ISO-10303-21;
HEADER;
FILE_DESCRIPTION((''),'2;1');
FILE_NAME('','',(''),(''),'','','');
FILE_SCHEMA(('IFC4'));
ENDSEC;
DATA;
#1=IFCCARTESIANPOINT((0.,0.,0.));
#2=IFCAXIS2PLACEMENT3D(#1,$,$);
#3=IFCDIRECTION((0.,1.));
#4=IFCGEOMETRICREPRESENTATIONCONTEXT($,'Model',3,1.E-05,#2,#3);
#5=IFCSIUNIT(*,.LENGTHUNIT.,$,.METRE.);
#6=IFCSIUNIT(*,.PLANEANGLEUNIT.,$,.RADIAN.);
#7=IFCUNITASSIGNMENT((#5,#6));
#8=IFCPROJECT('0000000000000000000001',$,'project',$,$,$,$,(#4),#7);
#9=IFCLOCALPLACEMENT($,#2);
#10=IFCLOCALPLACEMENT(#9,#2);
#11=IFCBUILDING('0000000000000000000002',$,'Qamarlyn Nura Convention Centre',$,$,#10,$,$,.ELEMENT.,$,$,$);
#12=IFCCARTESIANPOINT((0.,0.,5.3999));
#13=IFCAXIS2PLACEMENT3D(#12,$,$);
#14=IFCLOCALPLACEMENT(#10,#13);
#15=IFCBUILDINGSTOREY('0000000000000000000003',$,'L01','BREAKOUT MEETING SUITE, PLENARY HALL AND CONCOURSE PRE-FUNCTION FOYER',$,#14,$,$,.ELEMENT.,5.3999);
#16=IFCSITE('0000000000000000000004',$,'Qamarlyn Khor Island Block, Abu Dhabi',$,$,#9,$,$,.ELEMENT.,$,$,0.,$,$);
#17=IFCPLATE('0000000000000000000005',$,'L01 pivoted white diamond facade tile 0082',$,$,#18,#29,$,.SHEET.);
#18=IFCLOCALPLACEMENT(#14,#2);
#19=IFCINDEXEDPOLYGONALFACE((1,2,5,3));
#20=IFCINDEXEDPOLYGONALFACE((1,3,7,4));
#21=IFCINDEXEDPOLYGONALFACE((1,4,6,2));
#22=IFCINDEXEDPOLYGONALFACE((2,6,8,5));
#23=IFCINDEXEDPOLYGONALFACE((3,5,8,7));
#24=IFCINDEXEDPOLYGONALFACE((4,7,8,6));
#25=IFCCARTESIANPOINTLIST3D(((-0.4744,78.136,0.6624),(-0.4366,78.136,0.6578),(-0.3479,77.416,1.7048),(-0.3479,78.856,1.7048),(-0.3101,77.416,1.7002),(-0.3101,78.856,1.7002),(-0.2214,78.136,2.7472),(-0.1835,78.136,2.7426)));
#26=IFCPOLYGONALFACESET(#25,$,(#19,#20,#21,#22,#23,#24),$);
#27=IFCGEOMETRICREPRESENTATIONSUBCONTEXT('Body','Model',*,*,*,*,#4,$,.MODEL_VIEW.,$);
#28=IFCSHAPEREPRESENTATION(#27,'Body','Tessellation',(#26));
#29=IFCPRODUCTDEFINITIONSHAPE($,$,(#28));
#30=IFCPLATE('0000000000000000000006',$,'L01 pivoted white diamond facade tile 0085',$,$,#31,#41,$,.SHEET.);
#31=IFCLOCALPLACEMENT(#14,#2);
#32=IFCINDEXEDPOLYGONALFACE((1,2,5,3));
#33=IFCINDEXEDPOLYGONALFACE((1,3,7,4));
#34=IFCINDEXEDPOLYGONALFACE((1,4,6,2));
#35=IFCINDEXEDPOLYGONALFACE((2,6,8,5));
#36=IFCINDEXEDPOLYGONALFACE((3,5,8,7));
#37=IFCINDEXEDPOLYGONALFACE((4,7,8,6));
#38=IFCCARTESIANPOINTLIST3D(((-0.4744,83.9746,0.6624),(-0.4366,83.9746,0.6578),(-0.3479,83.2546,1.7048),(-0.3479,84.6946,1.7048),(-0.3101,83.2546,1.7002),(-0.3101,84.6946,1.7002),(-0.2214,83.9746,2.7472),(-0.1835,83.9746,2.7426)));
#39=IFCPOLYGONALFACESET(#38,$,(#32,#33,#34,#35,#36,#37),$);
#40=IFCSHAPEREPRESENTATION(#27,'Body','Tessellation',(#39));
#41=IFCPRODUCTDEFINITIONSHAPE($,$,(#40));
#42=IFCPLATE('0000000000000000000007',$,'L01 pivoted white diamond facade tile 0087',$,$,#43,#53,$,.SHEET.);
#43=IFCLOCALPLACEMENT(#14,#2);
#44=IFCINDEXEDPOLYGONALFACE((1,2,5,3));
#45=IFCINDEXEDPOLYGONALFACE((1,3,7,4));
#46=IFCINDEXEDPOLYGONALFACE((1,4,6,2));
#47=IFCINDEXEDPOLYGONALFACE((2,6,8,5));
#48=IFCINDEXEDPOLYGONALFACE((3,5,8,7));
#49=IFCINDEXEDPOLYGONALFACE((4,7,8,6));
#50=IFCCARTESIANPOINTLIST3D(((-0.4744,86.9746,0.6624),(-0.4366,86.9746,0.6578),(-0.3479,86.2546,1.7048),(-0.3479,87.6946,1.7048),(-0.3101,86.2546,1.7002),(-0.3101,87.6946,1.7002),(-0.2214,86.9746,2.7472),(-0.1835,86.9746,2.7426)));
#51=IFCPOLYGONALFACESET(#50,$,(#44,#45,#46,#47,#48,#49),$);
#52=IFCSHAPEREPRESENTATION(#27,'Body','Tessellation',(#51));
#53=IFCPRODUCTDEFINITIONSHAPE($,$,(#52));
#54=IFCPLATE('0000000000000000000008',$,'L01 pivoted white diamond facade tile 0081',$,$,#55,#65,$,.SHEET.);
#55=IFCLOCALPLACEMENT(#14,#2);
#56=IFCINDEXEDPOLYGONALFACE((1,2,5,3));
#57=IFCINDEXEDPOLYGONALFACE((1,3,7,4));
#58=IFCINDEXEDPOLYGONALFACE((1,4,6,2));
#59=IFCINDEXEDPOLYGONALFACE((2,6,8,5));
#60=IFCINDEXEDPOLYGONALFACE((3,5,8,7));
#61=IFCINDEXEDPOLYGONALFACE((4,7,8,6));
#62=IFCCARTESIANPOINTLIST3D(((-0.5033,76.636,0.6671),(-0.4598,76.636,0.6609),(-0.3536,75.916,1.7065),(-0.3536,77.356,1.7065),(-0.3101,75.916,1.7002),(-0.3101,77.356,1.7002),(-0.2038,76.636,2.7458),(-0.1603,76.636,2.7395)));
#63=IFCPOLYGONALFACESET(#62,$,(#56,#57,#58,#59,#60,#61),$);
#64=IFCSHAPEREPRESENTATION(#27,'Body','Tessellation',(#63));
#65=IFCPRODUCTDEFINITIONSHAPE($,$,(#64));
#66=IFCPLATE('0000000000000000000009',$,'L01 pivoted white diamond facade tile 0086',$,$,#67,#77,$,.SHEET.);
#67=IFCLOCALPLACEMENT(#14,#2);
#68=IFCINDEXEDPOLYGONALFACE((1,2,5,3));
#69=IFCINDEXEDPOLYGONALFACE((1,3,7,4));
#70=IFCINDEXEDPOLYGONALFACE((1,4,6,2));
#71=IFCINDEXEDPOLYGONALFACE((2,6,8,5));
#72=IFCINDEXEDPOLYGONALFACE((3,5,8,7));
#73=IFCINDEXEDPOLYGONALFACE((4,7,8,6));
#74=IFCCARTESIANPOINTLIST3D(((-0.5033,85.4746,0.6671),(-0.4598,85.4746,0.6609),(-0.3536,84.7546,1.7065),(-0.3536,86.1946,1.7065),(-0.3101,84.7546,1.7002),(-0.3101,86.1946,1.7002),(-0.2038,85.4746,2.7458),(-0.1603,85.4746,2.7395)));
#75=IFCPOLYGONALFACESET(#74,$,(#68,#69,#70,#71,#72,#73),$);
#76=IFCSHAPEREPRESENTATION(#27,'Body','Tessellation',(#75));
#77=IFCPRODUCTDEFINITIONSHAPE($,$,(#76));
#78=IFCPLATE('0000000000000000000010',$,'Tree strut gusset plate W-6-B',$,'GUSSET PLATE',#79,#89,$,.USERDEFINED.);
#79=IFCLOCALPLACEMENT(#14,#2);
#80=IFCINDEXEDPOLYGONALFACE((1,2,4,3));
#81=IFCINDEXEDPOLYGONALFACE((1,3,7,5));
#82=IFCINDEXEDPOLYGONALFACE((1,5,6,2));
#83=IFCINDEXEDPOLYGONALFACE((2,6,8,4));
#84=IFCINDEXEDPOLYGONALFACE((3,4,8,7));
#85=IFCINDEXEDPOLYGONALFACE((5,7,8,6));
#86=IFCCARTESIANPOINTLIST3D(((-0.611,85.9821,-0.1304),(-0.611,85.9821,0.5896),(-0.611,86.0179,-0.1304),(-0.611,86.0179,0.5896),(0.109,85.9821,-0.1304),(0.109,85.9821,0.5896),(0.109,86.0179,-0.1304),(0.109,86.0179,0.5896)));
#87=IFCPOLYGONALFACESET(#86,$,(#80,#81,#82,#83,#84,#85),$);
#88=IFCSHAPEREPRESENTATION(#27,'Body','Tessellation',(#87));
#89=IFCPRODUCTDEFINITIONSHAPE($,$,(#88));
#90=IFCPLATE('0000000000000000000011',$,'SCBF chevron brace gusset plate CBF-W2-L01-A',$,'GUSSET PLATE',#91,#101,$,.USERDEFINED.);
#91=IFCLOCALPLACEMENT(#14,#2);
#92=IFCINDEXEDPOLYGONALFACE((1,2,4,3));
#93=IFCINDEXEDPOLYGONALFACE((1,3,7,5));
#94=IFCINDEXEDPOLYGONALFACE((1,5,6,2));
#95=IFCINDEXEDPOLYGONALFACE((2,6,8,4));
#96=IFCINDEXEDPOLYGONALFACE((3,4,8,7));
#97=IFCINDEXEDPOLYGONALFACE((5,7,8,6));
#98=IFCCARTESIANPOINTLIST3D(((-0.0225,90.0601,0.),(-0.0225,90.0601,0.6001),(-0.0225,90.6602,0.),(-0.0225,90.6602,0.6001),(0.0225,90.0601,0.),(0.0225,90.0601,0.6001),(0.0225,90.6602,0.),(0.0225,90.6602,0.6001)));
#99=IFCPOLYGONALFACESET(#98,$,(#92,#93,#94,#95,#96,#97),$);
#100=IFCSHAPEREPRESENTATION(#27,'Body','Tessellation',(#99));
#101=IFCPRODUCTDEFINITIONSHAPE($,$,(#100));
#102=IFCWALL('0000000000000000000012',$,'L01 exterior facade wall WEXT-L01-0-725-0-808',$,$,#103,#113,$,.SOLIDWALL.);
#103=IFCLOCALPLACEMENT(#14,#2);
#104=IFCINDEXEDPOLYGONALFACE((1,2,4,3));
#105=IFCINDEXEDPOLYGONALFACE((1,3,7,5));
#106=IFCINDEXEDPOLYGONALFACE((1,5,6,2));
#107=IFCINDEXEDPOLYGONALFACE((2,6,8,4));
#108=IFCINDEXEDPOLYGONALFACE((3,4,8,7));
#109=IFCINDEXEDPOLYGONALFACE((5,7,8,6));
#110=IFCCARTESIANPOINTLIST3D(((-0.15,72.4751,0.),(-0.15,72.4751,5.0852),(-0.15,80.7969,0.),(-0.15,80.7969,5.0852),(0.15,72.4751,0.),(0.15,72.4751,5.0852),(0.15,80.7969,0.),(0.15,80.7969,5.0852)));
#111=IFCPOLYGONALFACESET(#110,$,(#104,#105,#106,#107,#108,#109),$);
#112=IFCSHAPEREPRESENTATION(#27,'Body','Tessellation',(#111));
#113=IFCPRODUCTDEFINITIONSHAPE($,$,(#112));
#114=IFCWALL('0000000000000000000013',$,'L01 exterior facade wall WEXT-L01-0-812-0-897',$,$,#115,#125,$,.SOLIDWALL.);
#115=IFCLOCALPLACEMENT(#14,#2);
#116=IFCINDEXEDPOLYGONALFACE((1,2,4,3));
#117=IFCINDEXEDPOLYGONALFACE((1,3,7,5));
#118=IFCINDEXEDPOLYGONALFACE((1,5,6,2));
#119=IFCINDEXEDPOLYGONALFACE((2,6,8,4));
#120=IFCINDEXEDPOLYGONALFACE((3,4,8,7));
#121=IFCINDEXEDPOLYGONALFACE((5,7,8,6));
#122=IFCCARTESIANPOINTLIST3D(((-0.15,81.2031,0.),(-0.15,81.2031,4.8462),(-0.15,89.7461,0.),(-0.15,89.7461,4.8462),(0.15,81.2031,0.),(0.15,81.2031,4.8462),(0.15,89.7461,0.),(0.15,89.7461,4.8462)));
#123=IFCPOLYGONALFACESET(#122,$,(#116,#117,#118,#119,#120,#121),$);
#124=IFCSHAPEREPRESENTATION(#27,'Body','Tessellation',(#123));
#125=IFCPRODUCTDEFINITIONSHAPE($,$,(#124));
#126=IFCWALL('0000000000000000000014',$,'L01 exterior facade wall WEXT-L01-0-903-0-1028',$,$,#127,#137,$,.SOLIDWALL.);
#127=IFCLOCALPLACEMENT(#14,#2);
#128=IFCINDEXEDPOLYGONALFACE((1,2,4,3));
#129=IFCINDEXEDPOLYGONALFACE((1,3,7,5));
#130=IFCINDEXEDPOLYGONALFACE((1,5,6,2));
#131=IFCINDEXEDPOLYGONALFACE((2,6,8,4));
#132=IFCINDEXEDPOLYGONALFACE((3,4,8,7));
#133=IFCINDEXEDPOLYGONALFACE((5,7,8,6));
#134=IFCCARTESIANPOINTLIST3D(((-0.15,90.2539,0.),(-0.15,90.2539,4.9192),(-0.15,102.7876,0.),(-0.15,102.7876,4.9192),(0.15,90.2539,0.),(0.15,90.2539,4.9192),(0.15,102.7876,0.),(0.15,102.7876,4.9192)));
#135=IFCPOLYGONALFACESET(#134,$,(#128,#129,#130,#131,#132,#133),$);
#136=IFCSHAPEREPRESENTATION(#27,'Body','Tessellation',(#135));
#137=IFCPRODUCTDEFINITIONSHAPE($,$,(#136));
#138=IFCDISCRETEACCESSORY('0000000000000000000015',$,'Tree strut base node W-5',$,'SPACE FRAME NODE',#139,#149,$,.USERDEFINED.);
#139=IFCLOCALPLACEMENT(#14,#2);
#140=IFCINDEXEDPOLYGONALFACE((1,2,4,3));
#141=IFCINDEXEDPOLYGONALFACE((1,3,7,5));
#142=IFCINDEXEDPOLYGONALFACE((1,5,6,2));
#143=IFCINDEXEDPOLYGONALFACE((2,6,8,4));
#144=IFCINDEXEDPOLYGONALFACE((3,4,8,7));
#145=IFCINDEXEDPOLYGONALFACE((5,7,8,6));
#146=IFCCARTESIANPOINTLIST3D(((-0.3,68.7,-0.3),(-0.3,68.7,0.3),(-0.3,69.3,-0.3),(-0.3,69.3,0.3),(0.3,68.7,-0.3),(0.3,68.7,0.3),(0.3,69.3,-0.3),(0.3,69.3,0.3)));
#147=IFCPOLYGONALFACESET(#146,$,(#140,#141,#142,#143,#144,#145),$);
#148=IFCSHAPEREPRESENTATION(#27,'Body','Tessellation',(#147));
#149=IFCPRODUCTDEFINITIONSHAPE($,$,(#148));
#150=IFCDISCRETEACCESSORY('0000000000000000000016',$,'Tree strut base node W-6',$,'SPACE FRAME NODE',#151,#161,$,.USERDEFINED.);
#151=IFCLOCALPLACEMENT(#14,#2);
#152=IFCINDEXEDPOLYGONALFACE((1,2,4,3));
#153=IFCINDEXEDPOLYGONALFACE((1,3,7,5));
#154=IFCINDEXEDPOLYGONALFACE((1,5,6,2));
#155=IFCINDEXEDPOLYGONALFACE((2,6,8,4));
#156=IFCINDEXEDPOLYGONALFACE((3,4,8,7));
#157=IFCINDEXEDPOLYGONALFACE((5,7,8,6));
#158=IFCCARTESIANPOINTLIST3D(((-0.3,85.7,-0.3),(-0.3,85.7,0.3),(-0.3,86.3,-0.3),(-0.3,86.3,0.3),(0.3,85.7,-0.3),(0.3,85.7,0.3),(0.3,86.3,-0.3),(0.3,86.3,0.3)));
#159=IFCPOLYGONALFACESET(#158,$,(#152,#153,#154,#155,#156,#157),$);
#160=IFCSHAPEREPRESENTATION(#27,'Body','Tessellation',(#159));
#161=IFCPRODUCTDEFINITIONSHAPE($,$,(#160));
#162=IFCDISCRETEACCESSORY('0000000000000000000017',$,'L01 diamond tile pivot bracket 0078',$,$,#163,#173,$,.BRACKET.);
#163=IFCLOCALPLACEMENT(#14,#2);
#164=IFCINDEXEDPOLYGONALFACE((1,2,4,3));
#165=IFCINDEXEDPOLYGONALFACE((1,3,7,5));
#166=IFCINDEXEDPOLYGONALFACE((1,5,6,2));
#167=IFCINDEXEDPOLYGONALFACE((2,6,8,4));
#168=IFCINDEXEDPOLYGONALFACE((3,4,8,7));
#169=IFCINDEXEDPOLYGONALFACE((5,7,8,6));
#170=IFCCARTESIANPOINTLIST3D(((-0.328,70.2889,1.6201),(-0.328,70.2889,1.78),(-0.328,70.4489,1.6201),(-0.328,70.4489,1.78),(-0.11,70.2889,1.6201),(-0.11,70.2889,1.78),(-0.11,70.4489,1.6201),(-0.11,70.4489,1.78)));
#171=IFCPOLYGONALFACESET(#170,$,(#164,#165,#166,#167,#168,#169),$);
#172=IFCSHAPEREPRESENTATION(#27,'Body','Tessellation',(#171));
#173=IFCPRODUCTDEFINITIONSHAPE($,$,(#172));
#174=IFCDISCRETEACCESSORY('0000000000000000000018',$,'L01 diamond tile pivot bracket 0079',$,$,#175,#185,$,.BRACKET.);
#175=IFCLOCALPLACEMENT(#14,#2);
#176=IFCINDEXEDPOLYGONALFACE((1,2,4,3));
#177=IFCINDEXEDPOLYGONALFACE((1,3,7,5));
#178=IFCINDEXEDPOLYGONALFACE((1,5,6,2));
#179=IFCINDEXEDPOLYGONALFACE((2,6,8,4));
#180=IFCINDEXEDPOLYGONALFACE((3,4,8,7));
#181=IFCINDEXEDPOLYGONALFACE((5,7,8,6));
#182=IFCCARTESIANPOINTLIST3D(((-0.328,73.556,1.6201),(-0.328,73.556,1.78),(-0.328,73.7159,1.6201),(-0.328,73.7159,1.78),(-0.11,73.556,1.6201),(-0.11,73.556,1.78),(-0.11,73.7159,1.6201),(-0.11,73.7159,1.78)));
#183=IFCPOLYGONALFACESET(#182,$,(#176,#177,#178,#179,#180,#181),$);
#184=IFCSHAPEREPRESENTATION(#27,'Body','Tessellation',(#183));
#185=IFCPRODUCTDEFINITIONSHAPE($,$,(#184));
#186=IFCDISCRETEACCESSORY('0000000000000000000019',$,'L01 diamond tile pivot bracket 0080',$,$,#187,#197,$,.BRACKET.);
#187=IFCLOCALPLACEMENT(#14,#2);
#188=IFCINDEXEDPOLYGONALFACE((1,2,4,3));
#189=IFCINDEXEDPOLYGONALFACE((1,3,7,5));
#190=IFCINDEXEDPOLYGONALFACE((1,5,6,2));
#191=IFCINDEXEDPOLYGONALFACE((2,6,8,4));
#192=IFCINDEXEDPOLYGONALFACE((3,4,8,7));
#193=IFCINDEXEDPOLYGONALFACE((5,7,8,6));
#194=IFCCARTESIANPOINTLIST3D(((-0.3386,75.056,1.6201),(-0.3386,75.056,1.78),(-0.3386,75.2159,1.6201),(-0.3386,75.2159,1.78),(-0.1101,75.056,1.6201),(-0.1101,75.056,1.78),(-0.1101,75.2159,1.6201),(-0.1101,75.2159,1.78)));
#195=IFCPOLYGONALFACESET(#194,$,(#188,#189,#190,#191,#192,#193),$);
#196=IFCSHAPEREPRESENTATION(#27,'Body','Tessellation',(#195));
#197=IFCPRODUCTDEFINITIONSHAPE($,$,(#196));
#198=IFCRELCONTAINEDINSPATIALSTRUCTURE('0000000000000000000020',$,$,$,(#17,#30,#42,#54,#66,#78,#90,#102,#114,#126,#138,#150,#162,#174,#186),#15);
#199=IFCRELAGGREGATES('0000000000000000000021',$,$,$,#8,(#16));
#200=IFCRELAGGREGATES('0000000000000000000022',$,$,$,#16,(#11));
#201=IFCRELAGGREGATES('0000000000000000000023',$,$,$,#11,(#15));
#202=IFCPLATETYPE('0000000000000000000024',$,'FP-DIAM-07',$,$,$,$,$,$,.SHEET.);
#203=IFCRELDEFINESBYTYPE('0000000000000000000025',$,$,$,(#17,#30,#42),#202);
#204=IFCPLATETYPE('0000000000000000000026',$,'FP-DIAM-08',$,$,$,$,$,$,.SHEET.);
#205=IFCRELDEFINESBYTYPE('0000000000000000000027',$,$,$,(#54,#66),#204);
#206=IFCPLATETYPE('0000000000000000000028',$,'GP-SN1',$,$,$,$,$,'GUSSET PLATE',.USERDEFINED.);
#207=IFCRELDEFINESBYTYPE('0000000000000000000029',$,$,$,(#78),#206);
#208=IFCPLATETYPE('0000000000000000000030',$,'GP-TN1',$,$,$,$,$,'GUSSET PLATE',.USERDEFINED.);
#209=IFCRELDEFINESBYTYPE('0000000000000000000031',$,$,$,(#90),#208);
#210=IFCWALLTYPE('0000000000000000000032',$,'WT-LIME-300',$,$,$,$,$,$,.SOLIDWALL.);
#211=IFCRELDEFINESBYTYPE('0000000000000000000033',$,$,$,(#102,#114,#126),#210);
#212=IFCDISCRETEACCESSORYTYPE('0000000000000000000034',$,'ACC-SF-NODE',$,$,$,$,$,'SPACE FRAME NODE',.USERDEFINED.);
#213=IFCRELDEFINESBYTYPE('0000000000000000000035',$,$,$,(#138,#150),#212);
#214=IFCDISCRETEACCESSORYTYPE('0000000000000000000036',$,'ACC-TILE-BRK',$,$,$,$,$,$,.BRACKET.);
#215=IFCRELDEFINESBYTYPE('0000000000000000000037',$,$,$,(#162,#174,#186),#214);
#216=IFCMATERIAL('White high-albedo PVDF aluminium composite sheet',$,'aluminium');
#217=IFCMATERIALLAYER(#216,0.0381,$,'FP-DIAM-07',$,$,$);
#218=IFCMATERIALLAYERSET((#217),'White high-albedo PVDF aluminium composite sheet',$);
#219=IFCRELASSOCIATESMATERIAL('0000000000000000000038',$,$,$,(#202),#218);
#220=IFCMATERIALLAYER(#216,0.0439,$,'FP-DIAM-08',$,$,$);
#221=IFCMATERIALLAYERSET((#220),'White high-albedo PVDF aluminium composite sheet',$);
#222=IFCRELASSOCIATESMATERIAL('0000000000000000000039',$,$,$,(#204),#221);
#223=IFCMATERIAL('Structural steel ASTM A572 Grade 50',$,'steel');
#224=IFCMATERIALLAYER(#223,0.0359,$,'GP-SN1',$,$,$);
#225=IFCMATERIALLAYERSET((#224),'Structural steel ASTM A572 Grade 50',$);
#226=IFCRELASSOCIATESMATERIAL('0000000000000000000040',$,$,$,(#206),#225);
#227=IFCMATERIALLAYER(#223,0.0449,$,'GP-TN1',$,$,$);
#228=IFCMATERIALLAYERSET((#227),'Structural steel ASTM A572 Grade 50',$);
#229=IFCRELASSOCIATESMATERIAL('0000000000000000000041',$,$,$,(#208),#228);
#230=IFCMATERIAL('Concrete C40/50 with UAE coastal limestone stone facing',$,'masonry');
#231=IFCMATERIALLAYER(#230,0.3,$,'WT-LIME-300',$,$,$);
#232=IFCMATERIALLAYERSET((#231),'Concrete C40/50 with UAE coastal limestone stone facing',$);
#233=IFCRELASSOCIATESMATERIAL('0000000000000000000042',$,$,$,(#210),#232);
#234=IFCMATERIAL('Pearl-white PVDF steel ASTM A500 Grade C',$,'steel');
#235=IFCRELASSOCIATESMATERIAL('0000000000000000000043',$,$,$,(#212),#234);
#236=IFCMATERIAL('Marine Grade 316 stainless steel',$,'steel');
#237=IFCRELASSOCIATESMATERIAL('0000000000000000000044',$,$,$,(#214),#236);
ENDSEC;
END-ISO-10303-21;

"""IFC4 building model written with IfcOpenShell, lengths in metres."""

from ifc_helpers import new_model, si_unit, direction, frame, frame_2d, origin, origin_2d, place, context, subcontext, project, spatial, polyline, rectangle, outline, extrude, material, layer, layer_set, type_object, element, save


model = new_model("IFC4")

# Units and contexts
model_context = context("Model", 3, precision=1e-05, world=origin(), true_north=direction((0.0, 1.0)))
body_context = subcontext(model_context, "Body", "Model", "MODEL_VIEW")
ifc_project = project(units=[si_unit("LENGTHUNIT", "METRE"), si_unit("PLANEANGLEUNIT", "RADIAN")], contexts=[model_context])

# Site, building, storey
site_placement = place(None, origin())
site = spatial("IfcSite", under=ifc_project, at=site_placement, Name="Qamarlyn Khor Island Block, Abu Dhabi", CompositionType="ELEMENT", RefElevation=0.0)
building_placement = place(site_placement, origin())
building = spatial("IfcBuilding", under=site, at=building_placement, Name="Qamarlyn Nura Convention Centre", CompositionType="ELEMENT")
storey_placement = place(building_placement, frame((0.0, 0.0, 5.3999)))
storey = spatial("IfcBuildingStorey", under=building, at=storey_placement, Name="L01", Description="BREAKOUT MEETING SUITE, PLENARY HALL AND CONCOURSE PRE-FUNCTION FOYER", CompositionType="ELEMENT", Elevation=5.3999)

# Shared definitions
ifc_material_1 = material(Name="Pearl-white PVDF steel ASTM A500 Grade C", Category="steel")

# Plates
ifc_material_2 = material(Name="White high-albedo PVDF aluminium composite sheet", Category="aluminium")
ifc_layer_1 = layer(ifc_material_2, 0.0381, Name="FP-DIAM-07")
ifc_layer_set_1 = layer_set([ifc_layer_1], Name="White high-albedo PVDF aluminium composite sheet")
plate_type_1 = type_object("IfcPlateType", Name="FP-DIAM-07", PredefinedType="SHEET", material=ifc_layer_set_1)
for number, where, z_axis, x_axis, name in (
    (1, (-0.3101, 78.136, 1.7002), (-0.992715, 0.0, 0.120483), (0.0, -1.0, 0.0), "L01 pivoted white diamond facade tile 0082"),
    (2, (-0.3101, 83.9746, 1.7002), (-0.992715, 0.0, 0.120483), (0.0, -1.0, 0.0), "L01 pivoted white diamond facade tile 0085"),
    (3, (-0.3101, 86.9746, 1.7002), (-0.992715, 0.0, 0.120483), (0.0, -1.0, 0.0), "L01 pivoted white diamond facade tile 0087"),
):
    element("IfcPlate", number, at=place(storey_placement, frame(where, z_axis=z_axis, x_axis=x_axis)), inside=storey, type_object=plate_type_1, Name=name, PredefinedType="SHEET", context=body_context, shape_type="SweptSolid", body=[
        extrude(outline(polyline([(-0.72, 0.0), (0.0, -1.05), (0.72, 0.0), (0.0, 1.05), (-0.72, 0.0)])), origin(), (0.0, 0.0, 1.0), 0.0381),
    ])
ifc_layer_2 = layer(ifc_material_2, 0.0439, Name="FP-DIAM-08")
ifc_layer_set_2 = layer_set([ifc_layer_2], Name="White high-albedo PVDF aluminium composite sheet")
plate_type_2 = type_object("IfcPlateType", Name="FP-DIAM-08", PredefinedType="SHEET", material=ifc_layer_set_2)
for number, where, z_axis, x_axis, name in (
    (4, (-0.3101, 76.636, 1.7002), (-0.989776, 0.0, 0.142629), (0.0, -1.0, 0.0), "L01 pivoted white diamond facade tile 0081"),
    (5, (-0.3101, 85.4746, 1.7002), (-0.989776, 0.0, 0.142629), (0.0, -1.0, 0.0), "L01 pivoted white diamond facade tile 0086"),
):
    element("IfcPlate", number, at=place(storey_placement, frame(where, z_axis=z_axis, x_axis=x_axis)), inside=storey, type_object=plate_type_2, Name=name, PredefinedType="SHEET", context=body_context, shape_type="SweptSolid", body=[
        extrude(outline(polyline([(-0.72, 0.0), (0.0, -1.05), (0.72, 0.0), (0.0, 1.05), (-0.72, 0.0)])), origin(), (0.0, 0.0, 1.0), 0.0439),
    ])
ifc_material_3 = material(Name="Structural steel ASTM A572 Grade 50", Category="steel")
ifc_layer_3 = layer(ifc_material_3, 0.0359, Name="GP-SN1")
ifc_layer_set_3 = layer_set([ifc_layer_3], Name="Structural steel ASTM A572 Grade 50")
plate_type_3 = type_object("IfcPlateType", Name="GP-SN1", ElementType="GUSSET PLATE", PredefinedType="USERDEFINED", material=ifc_layer_set_3)
plate_1_placement = place(storey_placement, frame((-0.251, 86.0, -0.1304), z_axis=(0.0, 0.0, 1.0), x_axis=(1.0, 0.0, 0.0)))
element("IfcPlate", 6, at=plate_1_placement, inside=storey, type_object=plate_type_3, Name="Tree strut gusset plate W-6-B", ObjectType="GUSSET PLATE", PredefinedType="USERDEFINED", context=body_context, shape_type="SweptSolid", body=[
    extrude(rectangle(XDim=0.72, YDim=0.0359, at=origin_2d()), origin(), (0.0, 0.0, 1.0), 0.72),
])
ifc_layer_4 = layer(ifc_material_3, 0.0449, Name="GP-TN1")
ifc_layer_set_4 = layer_set([ifc_layer_4], Name="Structural steel ASTM A572 Grade 50")
plate_type_4 = type_object("IfcPlateType", Name="GP-TN1", ElementType="GUSSET PLATE", PredefinedType="USERDEFINED", material=ifc_layer_set_4)
plate_2_placement = place(storey_placement, frame((0.0, 90.3601, 0.0), z_axis=(0.0, 0.0, 1.0), x_axis=(0.0, 1.0, 0.0)))
element("IfcPlate", 7, at=plate_2_placement, inside=storey, type_object=plate_type_4, Name="SCBF chevron brace gusset plate CBF-W2-L01-A", ObjectType="GUSSET PLATE", PredefinedType="USERDEFINED", context=body_context, shape_type="SweptSolid", body=[
    extrude(rectangle(XDim=0.6001, YDim=0.0449, at=origin_2d()), origin(), (0.0, 0.0, 1.0), 0.6001),
])

# Walls
ifc_material_4 = material(Name="Concrete C40/50 with UAE coastal limestone stone facing", Category="masonry")
ifc_layer_5 = layer(ifc_material_4, 0.3, Name="WT-LIME-300")
ifc_layer_set_5 = layer_set([ifc_layer_5], Name="Concrete C40/50 with UAE coastal limestone stone facing")
wall_type = type_object("IfcWallType", Name="WT-LIME-300", PredefinedType="SOLIDWALL", material=ifc_layer_set_5)
wall_1_placement = place(storey_placement, frame((0.0, 72.4751, 0.0), z_axis=(0.0, 0.0, 1.0), x_axis=(0.0, 1.0, 0.0)))
element("IfcWall", 8, at=wall_1_placement, inside=storey, type_object=wall_type, Name="L01 exterior facade wall WEXT-L01-0-725-0-808", PredefinedType="SOLIDWALL", context=body_context, shape_type="SweptSolid", body=[
    extrude(rectangle(XDim=8.3218, YDim=0.3, at=frame_2d((4.1609, 0.0))), origin(), (0.0, 0.0, 1.0), 5.0852),
])
wall_2_placement = place(storey_placement, frame((0.0, 81.2031, 0.0), z_axis=(0.0, 0.0, 1.0), x_axis=(0.0, 1.0, 0.0)))
element("IfcWall", 9, at=wall_2_placement, inside=storey, type_object=wall_type, Name="L01 exterior facade wall WEXT-L01-0-812-0-897", PredefinedType="SOLIDWALL", context=body_context, shape_type="SweptSolid", body=[
    extrude(rectangle(XDim=8.543, YDim=0.3, at=frame_2d((4.2715, 0.0))), origin(), (0.0, 0.0, 1.0), 4.8462),
])
wall_3_placement = place(storey_placement, frame((0.0, 90.2539, 0.0), z_axis=(0.0, 0.0, 1.0), x_axis=(0.0, 1.0, 0.0)))
element("IfcWall", 10, at=wall_3_placement, inside=storey, type_object=wall_type, Name="L01 exterior facade wall WEXT-L01-0-903-0-1028", PredefinedType="SOLIDWALL", context=body_context, shape_type="SweptSolid", body=[
    extrude(rectangle(XDim=12.5337, YDim=0.3, at=frame_2d((6.2668, 0.0))), origin(), (0.0, 0.0, 1.0), 4.9192),
])

# Discrete accessories
discrete_accessory_type_1 = type_object("IfcDiscreteAccessoryType", Name="ACC-SF-NODE", ElementType="SPACE FRAME NODE", PredefinedType="USERDEFINED", material=ifc_material_1)
for number, where, z_axis, x_axis, name in (
    (11, (0.0, 69.0, -0.3), (0.0, 0.0, 1.0), (1.0, 0.0, 0.0), "Tree strut base node W-5"),
    (12, (0.0, 86.0, -0.3), (0.0, 0.0, 1.0), (1.0, 0.0, 0.0), "Tree strut base node W-6"),
):
    element("IfcDiscreteAccessory", number, at=place(storey_placement, frame(where, z_axis=z_axis, x_axis=x_axis)), inside=storey, type_object=discrete_accessory_type_1, Name=name, ObjectType="SPACE FRAME NODE", PredefinedType="USERDEFINED", context=body_context, shape_type="SweptSolid", body=[
        extrude(rectangle(XDim=0.6001, YDim=0.6001, at=origin_2d()), origin(), (0.0, 0.0, 1.0), 0.6001),
    ])
ifc_material_5 = material(Name="Marine Grade 316 stainless steel", Category="steel")
discrete_accessory_type_2 = type_object("IfcDiscreteAccessoryType", Name="ACC-TILE-BRK", PredefinedType="BRACKET", material=ifc_material_5)
for number, where, z_axis, x_axis, name in (
    (13, (-0.219, 70.3689, 1.6201), (0.0, 0.0, 1.0), (-1.0, 0.0, 0.0), "L01 diamond tile pivot bracket 0078"),
    (14, (-0.219, 73.636, 1.6201), (0.0, 0.0, 1.0), (-1.0, 0.0, 0.0), "L01 diamond tile pivot bracket 0079"),
):
    element("IfcDiscreteAccessory", number, at=place(storey_placement, frame(where, z_axis=z_axis, x_axis=x_axis)), inside=storey, type_object=discrete_accessory_type_2, Name=name, PredefinedType="BRACKET", context=body_context, shape_type="SweptSolid", body=[
        extrude(rectangle(XDim=0.218, YDim=0.1599, at=origin_2d()), origin(), (0.0, 0.0, 1.0), 0.1599),
    ])
discrete_accessory_1_placement = place(storey_placement, frame((-0.2244, 75.136, 1.6201), z_axis=(0.0, 0.0, 1.0), x_axis=(-1.0, 0.0, 0.0)))
element("IfcDiscreteAccessory", 15, at=discrete_accessory_1_placement, inside=storey, type_object=discrete_accessory_type_2, Name="L01 diamond tile pivot bracket 0080", PredefinedType="BRACKET", context=body_context, shape_type="SweptSolid", body=[
    extrude(rectangle(XDim=0.2285, YDim=0.1599, at=origin_2d()), origin(), (0.0, 0.0, 1.0), 0.1599),
])

save(model, "model.ifc")
